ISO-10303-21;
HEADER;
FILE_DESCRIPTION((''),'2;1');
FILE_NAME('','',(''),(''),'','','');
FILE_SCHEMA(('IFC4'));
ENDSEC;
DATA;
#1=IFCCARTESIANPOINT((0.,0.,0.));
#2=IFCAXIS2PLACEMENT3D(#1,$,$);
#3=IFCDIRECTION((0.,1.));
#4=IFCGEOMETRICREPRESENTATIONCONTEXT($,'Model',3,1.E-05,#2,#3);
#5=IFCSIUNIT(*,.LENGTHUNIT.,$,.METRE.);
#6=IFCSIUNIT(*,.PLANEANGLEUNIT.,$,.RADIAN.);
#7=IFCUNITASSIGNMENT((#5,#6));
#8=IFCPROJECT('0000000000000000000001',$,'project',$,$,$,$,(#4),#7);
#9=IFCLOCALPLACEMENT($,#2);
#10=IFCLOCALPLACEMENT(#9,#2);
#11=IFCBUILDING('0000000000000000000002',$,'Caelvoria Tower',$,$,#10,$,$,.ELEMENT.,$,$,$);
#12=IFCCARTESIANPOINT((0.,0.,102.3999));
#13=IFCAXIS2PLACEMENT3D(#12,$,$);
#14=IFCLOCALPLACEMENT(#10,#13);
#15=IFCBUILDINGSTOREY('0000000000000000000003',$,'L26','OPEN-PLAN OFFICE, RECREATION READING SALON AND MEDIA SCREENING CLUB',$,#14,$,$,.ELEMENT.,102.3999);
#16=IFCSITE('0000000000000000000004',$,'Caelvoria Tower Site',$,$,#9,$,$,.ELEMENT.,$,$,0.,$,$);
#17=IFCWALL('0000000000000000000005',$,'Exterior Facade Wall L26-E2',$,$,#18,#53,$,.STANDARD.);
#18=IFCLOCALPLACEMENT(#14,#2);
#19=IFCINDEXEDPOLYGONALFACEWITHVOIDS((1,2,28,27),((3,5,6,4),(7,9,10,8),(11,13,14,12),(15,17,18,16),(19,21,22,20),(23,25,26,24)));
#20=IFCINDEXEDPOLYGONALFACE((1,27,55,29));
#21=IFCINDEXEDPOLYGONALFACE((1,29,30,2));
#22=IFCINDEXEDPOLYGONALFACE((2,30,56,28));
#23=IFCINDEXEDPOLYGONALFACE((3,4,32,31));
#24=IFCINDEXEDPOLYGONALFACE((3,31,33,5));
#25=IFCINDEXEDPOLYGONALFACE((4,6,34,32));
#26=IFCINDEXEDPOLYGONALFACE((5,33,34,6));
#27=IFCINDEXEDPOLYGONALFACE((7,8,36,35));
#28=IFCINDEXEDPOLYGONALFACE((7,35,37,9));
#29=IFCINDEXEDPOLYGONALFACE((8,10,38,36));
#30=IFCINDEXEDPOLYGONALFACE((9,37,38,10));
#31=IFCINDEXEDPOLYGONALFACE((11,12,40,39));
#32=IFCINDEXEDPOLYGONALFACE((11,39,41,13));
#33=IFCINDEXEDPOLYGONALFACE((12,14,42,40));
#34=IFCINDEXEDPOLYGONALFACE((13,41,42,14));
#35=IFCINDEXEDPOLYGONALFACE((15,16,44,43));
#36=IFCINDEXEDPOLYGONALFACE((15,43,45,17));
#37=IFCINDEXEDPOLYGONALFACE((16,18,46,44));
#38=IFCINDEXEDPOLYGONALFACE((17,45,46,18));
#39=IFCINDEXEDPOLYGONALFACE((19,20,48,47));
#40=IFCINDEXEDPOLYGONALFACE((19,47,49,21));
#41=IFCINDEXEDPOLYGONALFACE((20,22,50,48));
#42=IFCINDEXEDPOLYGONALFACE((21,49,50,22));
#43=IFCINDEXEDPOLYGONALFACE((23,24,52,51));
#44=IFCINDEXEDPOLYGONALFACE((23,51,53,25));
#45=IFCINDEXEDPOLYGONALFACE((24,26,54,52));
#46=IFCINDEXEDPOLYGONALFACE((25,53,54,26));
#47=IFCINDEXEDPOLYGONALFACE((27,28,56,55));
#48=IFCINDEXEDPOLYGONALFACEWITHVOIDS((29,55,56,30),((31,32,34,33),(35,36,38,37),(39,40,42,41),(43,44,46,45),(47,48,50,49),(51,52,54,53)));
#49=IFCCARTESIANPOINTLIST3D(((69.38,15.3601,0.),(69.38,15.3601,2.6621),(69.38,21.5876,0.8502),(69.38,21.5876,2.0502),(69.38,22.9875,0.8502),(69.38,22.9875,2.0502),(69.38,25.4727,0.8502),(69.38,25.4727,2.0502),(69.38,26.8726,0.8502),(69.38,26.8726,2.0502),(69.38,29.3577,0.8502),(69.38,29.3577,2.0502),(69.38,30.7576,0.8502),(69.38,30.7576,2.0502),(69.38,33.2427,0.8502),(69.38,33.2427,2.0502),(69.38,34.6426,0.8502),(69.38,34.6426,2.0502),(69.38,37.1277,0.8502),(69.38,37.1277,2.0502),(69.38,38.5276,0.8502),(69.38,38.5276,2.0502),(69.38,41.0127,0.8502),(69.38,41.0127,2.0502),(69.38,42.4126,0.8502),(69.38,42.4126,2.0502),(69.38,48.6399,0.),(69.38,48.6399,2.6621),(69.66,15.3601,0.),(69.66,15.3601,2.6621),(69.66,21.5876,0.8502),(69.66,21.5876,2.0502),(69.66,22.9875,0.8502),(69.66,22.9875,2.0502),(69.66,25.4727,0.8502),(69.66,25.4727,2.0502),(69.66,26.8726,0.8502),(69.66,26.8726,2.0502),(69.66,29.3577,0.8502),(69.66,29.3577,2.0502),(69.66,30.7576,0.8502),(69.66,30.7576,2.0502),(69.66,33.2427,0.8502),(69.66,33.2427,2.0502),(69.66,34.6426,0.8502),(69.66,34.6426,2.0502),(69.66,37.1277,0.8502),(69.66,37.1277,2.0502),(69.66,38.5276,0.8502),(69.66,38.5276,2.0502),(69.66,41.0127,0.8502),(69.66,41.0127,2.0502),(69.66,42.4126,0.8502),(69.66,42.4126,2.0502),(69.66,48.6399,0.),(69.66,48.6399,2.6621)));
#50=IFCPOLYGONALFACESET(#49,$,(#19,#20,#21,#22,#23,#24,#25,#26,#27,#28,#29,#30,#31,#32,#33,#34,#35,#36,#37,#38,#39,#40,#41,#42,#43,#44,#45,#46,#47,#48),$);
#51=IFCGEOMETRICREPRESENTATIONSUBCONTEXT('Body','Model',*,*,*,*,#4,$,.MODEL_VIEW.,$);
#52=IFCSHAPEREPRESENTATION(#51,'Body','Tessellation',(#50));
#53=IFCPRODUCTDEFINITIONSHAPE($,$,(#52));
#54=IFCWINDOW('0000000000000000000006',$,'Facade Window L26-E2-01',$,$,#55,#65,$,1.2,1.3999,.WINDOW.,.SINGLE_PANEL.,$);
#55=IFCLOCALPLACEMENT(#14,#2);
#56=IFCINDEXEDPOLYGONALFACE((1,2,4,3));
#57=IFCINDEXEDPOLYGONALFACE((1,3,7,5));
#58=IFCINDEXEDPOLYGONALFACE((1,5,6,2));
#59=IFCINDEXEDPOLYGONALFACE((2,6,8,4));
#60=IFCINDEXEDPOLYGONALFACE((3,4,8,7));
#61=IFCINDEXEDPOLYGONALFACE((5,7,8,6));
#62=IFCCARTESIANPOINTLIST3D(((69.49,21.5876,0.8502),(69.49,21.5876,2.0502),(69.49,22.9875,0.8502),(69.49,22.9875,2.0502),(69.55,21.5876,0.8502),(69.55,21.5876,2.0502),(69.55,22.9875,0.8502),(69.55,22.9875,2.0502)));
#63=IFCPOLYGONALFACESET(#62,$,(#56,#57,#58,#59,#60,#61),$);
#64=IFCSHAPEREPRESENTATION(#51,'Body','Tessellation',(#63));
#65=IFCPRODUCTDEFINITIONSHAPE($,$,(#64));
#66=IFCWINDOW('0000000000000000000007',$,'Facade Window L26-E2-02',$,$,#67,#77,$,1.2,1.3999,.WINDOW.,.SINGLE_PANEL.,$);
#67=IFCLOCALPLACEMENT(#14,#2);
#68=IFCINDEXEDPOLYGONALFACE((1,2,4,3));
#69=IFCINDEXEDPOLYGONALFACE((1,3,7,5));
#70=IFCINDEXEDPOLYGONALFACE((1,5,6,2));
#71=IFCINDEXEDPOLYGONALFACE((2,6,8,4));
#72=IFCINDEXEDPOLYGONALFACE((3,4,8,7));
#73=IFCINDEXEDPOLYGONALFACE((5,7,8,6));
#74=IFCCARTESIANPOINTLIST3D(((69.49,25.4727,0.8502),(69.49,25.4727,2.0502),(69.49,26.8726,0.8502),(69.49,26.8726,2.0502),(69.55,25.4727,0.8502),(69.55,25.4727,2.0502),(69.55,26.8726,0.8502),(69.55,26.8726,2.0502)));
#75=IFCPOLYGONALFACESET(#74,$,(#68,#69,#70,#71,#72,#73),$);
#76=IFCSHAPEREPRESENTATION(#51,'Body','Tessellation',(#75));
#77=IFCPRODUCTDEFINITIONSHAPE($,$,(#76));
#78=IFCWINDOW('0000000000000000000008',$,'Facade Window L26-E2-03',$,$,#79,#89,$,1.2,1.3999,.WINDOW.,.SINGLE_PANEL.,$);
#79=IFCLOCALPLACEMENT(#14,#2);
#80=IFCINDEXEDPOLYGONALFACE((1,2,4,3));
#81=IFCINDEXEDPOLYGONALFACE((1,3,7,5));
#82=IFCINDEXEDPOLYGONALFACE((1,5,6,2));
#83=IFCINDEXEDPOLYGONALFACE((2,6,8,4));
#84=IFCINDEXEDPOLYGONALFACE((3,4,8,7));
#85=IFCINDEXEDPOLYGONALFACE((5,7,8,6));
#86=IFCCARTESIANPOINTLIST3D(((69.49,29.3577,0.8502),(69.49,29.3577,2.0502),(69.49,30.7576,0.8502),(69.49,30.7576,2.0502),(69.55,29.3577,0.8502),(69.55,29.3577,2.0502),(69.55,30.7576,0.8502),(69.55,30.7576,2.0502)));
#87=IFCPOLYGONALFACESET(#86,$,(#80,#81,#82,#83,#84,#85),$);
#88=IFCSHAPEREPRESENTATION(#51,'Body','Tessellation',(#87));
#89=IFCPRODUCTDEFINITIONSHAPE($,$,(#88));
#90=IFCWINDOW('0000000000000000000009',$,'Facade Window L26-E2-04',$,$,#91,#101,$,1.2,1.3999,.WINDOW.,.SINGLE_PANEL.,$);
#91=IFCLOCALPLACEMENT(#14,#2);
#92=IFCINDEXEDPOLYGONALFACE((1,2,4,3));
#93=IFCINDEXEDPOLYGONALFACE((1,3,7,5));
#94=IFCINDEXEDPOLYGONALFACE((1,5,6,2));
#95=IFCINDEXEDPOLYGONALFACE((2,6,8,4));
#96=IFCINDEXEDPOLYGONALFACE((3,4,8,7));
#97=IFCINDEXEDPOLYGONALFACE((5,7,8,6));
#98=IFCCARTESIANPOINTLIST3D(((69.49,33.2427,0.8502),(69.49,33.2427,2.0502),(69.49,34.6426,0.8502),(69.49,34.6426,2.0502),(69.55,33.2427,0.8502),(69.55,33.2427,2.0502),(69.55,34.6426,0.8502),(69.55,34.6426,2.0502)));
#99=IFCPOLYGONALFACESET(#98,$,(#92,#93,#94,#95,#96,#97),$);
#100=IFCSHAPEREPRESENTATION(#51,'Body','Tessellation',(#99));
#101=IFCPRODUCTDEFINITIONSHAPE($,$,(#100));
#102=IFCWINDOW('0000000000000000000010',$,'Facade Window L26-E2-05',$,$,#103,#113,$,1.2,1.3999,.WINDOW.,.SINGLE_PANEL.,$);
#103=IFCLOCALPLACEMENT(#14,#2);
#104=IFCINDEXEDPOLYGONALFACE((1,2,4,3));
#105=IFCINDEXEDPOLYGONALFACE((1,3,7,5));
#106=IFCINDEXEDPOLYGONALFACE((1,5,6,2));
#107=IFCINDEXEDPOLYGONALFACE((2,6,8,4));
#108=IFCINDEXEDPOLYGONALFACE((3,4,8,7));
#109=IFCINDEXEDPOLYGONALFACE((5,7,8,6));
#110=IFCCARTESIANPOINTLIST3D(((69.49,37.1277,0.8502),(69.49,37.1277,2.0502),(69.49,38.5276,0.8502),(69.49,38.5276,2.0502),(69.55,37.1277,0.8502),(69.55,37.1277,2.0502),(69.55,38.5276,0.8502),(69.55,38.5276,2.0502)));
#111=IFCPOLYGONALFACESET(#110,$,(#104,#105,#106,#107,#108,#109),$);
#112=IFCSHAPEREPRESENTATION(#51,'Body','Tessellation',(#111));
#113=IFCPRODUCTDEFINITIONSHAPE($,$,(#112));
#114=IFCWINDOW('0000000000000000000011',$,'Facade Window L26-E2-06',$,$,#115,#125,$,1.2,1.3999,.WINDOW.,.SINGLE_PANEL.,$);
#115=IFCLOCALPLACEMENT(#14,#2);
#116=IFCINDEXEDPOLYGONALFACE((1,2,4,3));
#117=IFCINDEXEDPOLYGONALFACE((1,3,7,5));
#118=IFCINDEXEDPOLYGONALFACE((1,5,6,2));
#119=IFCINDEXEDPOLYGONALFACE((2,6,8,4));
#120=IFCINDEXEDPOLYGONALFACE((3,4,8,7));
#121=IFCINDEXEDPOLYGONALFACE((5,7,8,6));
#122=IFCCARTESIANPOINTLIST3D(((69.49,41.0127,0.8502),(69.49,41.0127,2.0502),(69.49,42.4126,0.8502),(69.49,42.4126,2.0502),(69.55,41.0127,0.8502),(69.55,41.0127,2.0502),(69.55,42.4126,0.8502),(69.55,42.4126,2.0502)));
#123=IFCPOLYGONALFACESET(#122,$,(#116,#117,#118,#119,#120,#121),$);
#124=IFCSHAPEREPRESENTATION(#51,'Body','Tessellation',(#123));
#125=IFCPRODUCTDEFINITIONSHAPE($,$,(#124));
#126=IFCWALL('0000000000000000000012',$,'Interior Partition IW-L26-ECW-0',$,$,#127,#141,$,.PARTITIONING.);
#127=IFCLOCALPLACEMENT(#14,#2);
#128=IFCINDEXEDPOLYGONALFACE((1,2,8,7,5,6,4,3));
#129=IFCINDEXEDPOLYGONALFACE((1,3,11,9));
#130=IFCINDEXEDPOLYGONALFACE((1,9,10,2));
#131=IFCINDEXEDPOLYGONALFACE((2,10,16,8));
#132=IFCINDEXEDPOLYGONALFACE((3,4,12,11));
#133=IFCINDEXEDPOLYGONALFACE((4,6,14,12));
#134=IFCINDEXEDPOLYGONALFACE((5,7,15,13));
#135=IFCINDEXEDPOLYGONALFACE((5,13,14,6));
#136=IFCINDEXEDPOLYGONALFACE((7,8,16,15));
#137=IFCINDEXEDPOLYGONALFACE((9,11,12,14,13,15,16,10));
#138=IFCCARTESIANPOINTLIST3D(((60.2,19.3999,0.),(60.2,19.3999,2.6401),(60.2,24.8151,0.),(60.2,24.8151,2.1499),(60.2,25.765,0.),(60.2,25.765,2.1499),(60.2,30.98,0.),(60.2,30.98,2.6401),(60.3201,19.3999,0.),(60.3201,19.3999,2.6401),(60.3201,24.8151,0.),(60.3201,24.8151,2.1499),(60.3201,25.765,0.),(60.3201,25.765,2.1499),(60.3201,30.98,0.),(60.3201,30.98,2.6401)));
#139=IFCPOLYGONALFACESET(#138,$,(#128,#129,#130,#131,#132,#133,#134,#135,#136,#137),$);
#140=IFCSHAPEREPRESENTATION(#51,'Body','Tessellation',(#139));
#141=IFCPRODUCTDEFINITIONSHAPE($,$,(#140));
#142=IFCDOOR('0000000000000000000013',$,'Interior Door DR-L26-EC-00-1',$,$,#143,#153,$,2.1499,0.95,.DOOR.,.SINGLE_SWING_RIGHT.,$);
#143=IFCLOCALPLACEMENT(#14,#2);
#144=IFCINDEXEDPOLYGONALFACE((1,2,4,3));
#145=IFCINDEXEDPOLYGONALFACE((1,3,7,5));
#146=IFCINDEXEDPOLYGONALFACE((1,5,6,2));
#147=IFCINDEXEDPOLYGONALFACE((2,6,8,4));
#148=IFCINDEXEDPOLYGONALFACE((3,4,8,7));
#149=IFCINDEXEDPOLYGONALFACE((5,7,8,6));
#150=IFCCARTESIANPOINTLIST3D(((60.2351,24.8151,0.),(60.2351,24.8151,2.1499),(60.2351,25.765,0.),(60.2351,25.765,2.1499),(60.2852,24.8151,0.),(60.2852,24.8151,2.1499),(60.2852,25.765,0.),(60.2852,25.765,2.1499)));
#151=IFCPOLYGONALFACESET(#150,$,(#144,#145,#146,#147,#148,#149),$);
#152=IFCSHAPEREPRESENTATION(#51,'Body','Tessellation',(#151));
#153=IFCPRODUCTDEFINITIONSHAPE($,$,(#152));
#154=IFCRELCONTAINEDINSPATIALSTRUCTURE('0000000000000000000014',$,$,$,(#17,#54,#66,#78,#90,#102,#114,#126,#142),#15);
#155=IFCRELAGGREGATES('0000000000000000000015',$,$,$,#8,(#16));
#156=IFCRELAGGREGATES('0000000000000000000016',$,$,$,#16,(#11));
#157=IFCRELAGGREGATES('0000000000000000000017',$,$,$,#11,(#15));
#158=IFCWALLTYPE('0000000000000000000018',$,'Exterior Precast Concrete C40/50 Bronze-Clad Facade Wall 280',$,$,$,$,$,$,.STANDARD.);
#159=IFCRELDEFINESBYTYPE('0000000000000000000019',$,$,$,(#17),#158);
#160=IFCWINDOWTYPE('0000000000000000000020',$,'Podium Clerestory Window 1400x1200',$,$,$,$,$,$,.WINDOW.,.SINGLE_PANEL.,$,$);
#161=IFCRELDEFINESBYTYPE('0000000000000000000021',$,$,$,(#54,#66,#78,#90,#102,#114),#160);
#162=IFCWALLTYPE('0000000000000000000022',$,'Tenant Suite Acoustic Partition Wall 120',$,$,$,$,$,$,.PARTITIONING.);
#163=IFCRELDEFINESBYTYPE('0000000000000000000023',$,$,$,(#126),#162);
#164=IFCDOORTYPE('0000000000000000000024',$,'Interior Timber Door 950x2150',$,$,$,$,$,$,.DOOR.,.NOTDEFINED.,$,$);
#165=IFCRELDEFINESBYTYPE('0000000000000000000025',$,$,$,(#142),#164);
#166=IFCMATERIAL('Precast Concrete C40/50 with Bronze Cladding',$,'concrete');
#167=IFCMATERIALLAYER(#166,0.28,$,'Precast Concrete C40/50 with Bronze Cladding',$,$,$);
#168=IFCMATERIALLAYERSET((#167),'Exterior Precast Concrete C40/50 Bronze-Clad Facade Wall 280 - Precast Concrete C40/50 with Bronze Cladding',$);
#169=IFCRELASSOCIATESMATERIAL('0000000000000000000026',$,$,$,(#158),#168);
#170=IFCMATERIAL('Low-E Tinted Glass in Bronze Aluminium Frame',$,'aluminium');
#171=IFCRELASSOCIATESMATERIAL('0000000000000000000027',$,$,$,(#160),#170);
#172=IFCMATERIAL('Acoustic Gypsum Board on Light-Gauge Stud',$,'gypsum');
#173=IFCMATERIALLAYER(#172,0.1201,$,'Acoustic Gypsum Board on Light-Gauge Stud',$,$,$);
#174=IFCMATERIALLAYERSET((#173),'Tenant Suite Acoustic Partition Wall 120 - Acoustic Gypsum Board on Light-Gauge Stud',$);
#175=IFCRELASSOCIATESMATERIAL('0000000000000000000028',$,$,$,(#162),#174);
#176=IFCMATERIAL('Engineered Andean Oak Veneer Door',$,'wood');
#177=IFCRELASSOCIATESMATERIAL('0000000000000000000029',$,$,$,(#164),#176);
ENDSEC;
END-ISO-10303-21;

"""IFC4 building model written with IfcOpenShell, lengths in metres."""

from ifc_helpers import new_model, si_unit, direction, frame, frame_2d, origin, place, context, subcontext, project, spatial, rectangle, extrude, material, layer, layer_set, type_object, element, fill, save


model = new_model("IFC4")

# Units and contexts
model_context = context("Model", 3, precision=1e-05, world=origin(), true_north=direction((0.0, 1.0)))
body_context = subcontext(model_context, "Body", "Model", "MODEL_VIEW")
ifc_project = project(units=[si_unit("LENGTHUNIT", "METRE"), si_unit("PLANEANGLEUNIT", "RADIAN")], contexts=[model_context])

# Site, building, storey
site_placement = place(None, origin())
site = spatial("IfcSite", under=ifc_project, at=site_placement, Name="Caelvoria Tower Site", CompositionType="ELEMENT", RefElevation=0.0)
building_placement = place(site_placement, origin())
building = spatial("IfcBuilding", under=site, at=building_placement, Name="Caelvoria Tower", CompositionType="ELEMENT")
storey_placement = place(building_placement, frame((0.0, 0.0, 102.3999)))
storey = spatial("IfcBuildingStorey", under=building, at=storey_placement, Name="L26", Description="OPEN-PLAN OFFICE, RECREATION READING SALON AND MEDIA SCREENING CLUB", CompositionType="ELEMENT", Elevation=102.3999)

# Shared definitions
ifc_material_1 = material(Name="Precast Concrete C40/50 with Bronze Cladding", Category="concrete")
ifc_layer_1 = layer(ifc_material_1, 0.28, Name="Precast Concrete C40/50 with Bronze Cladding")
ifc_layer_set_1 = layer_set([ifc_layer_1], Name="Exterior Precast Concrete C40/50 Bronze-Clad Facade Wall 280 - Precast Concrete C40/50 with Bronze Cladding")
wall_type_1 = type_object("IfcWallType", Name="Exterior Precast Concrete C40/50 Bronze-Clad Facade Wall 280", PredefinedType="STANDARD", material=ifc_layer_set_1)

# Wall, openings, windows
wall_1_placement = place(storey_placement, frame((69.52, 15.3601, 0.0), z_axis=(0.0, 0.0, 1.0), x_axis=(0.0, 1.0, 0.0)))
wall_1 = element("IfcWall", 1, at=wall_1_placement, inside=storey, type_object=wall_type_1, Name="Exterior Facade Wall L26-E2", PredefinedType="STANDARD", context=body_context, shape_type="SweptSolid", body=[
    extrude(rectangle(XDim=33.2798, YDim=0.28, at=frame_2d((16.6399, 0.0))), origin(), (0.0, 0.0, 1.0), 2.6621),
])
opening_1_placement = place(wall_1_placement, frame((6.2275, 0.0, 0.8501)))
opening_1 = element("IfcOpeningElement", 2, at=opening_1_placement, cuts=wall_1, PredefinedType="OPENING", context=body_context, shape_type="SweptSolid", body=[
    extrude(rectangle(XDim=1.3999, YDim=1.2, at=frame_2d((0.7, 0.6001))), frame((0.0, 0.1499, 0.0), z_axis=(0.0, -1.0, 0.0), x_axis=(1.0, 0.0, 0.0)), (0.0, 0.0, 1.0), 0.3),
])
opening_2_placement = place(wall_1_placement, frame((10.1125, 0.0, 0.8501)))
opening_2 = element("IfcOpeningElement", 3, at=opening_2_placement, cuts=wall_1, PredefinedType="OPENING", context=body_context, shape_type="SweptSolid", body=[
    extrude(rectangle(XDim=1.3999, YDim=1.2, at=frame_2d((0.7, 0.6001))), frame((0.0, 0.1499, 0.0), z_axis=(0.0, -1.0, 0.0), x_axis=(1.0, 0.0, 0.0)), (0.0, 0.0, 1.0), 0.3),
])
opening_3_placement = place(wall_1_placement, frame((13.9976, 0.0, 0.8501)))
opening_3 = element("IfcOpeningElement", 4, at=opening_3_placement, cuts=wall_1, PredefinedType="OPENING", context=body_context, shape_type="SweptSolid", body=[
    extrude(rectangle(XDim=1.3999, YDim=1.2, at=frame_2d((0.7, 0.6001))), frame((0.0, 0.1499, 0.0), z_axis=(0.0, -1.0, 0.0), x_axis=(1.0, 0.0, 0.0)), (0.0, 0.0, 1.0), 0.3),
])
opening_4_placement = place(wall_1_placement, frame((17.8826, 0.0, 0.8501)))
opening_4 = element("IfcOpeningElement", 5, at=opening_4_placement, cuts=wall_1, PredefinedType="OPENING", context=body_context, shape_type="SweptSolid", body=[
    extrude(rectangle(XDim=1.3999, YDim=1.2, at=frame_2d((0.7, 0.6001))), frame((0.0, 0.1499, 0.0), z_axis=(0.0, -1.0, 0.0), x_axis=(1.0, 0.0, 0.0)), (0.0, 0.0, 1.0), 0.3),
])
opening_5_placement = place(wall_1_placement, frame((21.7676, 0.0, 0.8501)))
opening_5 = element("IfcOpeningElement", 6, at=opening_5_placement, cuts=wall_1, PredefinedType="OPENING", context=body_context, shape_type="SweptSolid", body=[
    extrude(rectangle(XDim=1.3999, YDim=1.2, at=frame_2d((0.7, 0.6001))), frame((0.0, 0.1499, 0.0), z_axis=(0.0, -1.0, 0.0), x_axis=(1.0, 0.0, 0.0)), (0.0, 0.0, 1.0), 0.3),
])
opening_6_placement = place(wall_1_placement, frame((25.6526, 0.0, 0.8501)))
opening_6 = element("IfcOpeningElement", 7, at=opening_6_placement, cuts=wall_1, PredefinedType="OPENING", context=body_context, shape_type="SweptSolid", body=[
    extrude(rectangle(XDim=1.3999, YDim=1.2, at=frame_2d((0.7, 0.6001))), frame((0.0, 0.1499, 0.0), z_axis=(0.0, -1.0, 0.0), x_axis=(1.0, 0.0, 0.0)), (0.0, 0.0, 1.0), 0.3),
])
ifc_material_2 = material(Name="Low-E Tinted Glass in Bronze Aluminium Frame", Category="aluminium")
window_type = type_object("IfcWindowType", Name="Podium Clerestory Window 1400x1200", PartitioningType="SINGLE_PANEL", PredefinedType="WINDOW", material=ifc_material_2)
window_1_placement = place(opening_1_placement, origin())
window_1 = element("IfcWindow", 8, at=window_1_placement, inside=storey, type_object=window_type, Name="Facade Window L26-E2-01", OverallHeight=1.2, OverallWidth=1.3999, PartitioningType="SINGLE_PANEL", PredefinedType="WINDOW", context=body_context, shape_type="SweptSolid", body=[
    extrude(rectangle(XDim=1.3999, YDim=1.2, at=frame_2d((0.7, 0.6001))), frame((0.0, 0.03, 0.0), z_axis=(0.0, -1.0, 0.0), x_axis=(1.0, 0.0, 0.0)), (0.0, 0.0, 1.0), 0.0601),
])
fill(opening_1, window_1)
window_2_placement = place(opening_2_placement, origin())
window_2 = element("IfcWindow", 9, at=window_2_placement, inside=storey, type_object=window_type, Name="Facade Window L26-E2-02", OverallHeight=1.2, OverallWidth=1.3999, PartitioningType="SINGLE_PANEL", PredefinedType="WINDOW", context=body_context, shape_type="SweptSolid", body=[
    extrude(rectangle(XDim=1.3999, YDim=1.2, at=frame_2d((0.7, 0.6001))), frame((0.0, 0.03, 0.0), z_axis=(0.0, -1.0, 0.0), x_axis=(1.0, 0.0, 0.0)), (0.0, 0.0, 1.0), 0.0601),
])
fill(opening_2, window_2)
window_3_placement = place(opening_3_placement, origin())
window_3 = element("IfcWindow", 10, at=window_3_placement, inside=storey, type_object=window_type, Name="Facade Window L26-E2-03", OverallHeight=1.2, OverallWidth=1.3999, PartitioningType="SINGLE_PANEL", PredefinedType="WINDOW", context=body_context, shape_type="SweptSolid", body=[
    extrude(rectangle(XDim=1.3999, YDim=1.2, at=frame_2d((0.7, 0.6001))), frame((0.0, 0.03, 0.0), z_axis=(0.0, -1.0, 0.0), x_axis=(1.0, 0.0, 0.0)), (0.0, 0.0, 1.0), 0.0601),
])
fill(opening_3, window_3)
window_4_placement = place(opening_4_placement, origin())
window_4 = element("IfcWindow", 11, at=window_4_placement, inside=storey, type_object=window_type, Name="Facade Window L26-E2-04", OverallHeight=1.2, OverallWidth=1.3999, PartitioningType="SINGLE_PANEL", PredefinedType="WINDOW", context=body_context, shape_type="SweptSolid", body=[
    extrude(rectangle(XDim=1.3999, YDim=1.2, at=frame_2d((0.7, 0.6001))), frame((0.0, 0.03, 0.0), z_axis=(0.0, -1.0, 0.0), x_axis=(1.0, 0.0, 0.0)), (0.0, 0.0, 1.0), 0.0601),
])
fill(opening_4, window_4)
window_5_placement = place(opening_5_placement, origin())
window_5 = element("IfcWindow", 12, at=window_5_placement, inside=storey, type_object=window_type, Name="Facade Window L26-E2-05", OverallHeight=1.2, OverallWidth=1.3999, PartitioningType="SINGLE_PANEL", PredefinedType="WINDOW", context=body_context, shape_type="SweptSolid", body=[
    extrude(rectangle(XDim=1.3999, YDim=1.2, at=frame_2d((0.7, 0.6001))), frame((0.0, 0.03, 0.0), z_axis=(0.0, -1.0, 0.0), x_axis=(1.0, 0.0, 0.0)), (0.0, 0.0, 1.0), 0.0601),
])
fill(opening_5, window_5)
window_6_placement = place(opening_6_placement, origin())
window_6 = element("IfcWindow", 13, at=window_6_placement, inside=storey, type_object=window_type, Name="Facade Window L26-E2-06", OverallHeight=1.2, OverallWidth=1.3999, PartitioningType="SINGLE_PANEL", PredefinedType="WINDOW", context=body_context, shape_type="SweptSolid", body=[
    extrude(rectangle(XDim=1.3999, YDim=1.2, at=frame_2d((0.7, 0.6001))), frame((0.0, 0.03, 0.0), z_axis=(0.0, -1.0, 0.0), x_axis=(1.0, 0.0, 0.0)), (0.0, 0.0, 1.0), 0.0601),
])
fill(opening_6, window_6)

# Wall, opening, door
ifc_material_3 = material(Name="Acoustic Gypsum Board on Light-Gauge Stud", Category="gypsum")
ifc_layer_2 = layer(ifc_material_3, 0.1201, Name="Acoustic Gypsum Board on Light-Gauge Stud")
ifc_layer_set_2 = layer_set([ifc_layer_2], Name="Tenant Suite Acoustic Partition Wall 120 - Acoustic Gypsum Board on Light-Gauge Stud")
wall_type_2 = type_object("IfcWallType", Name="Tenant Suite Acoustic Partition Wall 120", PredefinedType="PARTITIONING", material=ifc_layer_set_2)
wall_2_placement = place(storey_placement, frame((60.26, 19.3999, 0.0), z_axis=(0.0, 0.0, 1.0), x_axis=(0.0, 1.0, 0.0)))
wall_2 = element("IfcWall", 14, at=wall_2_placement, inside=storey, type_object=wall_type_2, Name="Interior Partition IW-L26-ECW-0", PredefinedType="PARTITIONING", context=body_context, shape_type="SweptSolid", body=[
    extrude(rectangle(XDim=11.5801, YDim=0.1201, at=frame_2d((5.79, 0.0))), origin(), (0.0, 0.0, 1.0), 2.6401),
])
opening_7_placement = place(wall_2_placement, frame((5.415, 0.0, 0.0)))
opening_7 = element("IfcOpeningElement", 15, at=opening_7_placement, cuts=wall_2, PredefinedType="OPENING", context=body_context, shape_type="SweptSolid", body=[
    extrude(rectangle(XDim=0.95, YDim=2.1499, at=frame_2d((0.4751, 1.075))), frame((0.0, 0.0701, 0.0), z_axis=(0.0, -1.0, 0.0), x_axis=(1.0, 0.0, 0.0)), (0.0, 0.0, 1.0), 0.1401),
])
ifc_material_4 = material(Name="Engineered Andean Oak Veneer Door", Category="wood")
door_type = type_object("IfcDoorType", Name="Interior Timber Door 950x2150", OperationType="NOTDEFINED", PredefinedType="DOOR", material=ifc_material_4)
door_placement = place(opening_7_placement, origin())
door = element("IfcDoor", 16, at=door_placement, inside=storey, type_object=door_type, Name="Interior Door DR-L26-EC-00-1", OperationType="SINGLE_SWING_RIGHT", OverallHeight=2.1499, OverallWidth=0.95, PredefinedType="DOOR", context=body_context, shape_type="SweptSolid", body=[
    extrude(rectangle(XDim=0.95, YDim=2.1499, at=frame_2d((0.4751, 1.075))), frame((0.0, 0.0249, 0.0), z_axis=(0.0, -1.0, 0.0), x_axis=(1.0, 0.0, 0.0)), (0.0, 0.0, 1.0), 0.05),
])
fill(opening_7, door)

save(model, "model.ifc")
